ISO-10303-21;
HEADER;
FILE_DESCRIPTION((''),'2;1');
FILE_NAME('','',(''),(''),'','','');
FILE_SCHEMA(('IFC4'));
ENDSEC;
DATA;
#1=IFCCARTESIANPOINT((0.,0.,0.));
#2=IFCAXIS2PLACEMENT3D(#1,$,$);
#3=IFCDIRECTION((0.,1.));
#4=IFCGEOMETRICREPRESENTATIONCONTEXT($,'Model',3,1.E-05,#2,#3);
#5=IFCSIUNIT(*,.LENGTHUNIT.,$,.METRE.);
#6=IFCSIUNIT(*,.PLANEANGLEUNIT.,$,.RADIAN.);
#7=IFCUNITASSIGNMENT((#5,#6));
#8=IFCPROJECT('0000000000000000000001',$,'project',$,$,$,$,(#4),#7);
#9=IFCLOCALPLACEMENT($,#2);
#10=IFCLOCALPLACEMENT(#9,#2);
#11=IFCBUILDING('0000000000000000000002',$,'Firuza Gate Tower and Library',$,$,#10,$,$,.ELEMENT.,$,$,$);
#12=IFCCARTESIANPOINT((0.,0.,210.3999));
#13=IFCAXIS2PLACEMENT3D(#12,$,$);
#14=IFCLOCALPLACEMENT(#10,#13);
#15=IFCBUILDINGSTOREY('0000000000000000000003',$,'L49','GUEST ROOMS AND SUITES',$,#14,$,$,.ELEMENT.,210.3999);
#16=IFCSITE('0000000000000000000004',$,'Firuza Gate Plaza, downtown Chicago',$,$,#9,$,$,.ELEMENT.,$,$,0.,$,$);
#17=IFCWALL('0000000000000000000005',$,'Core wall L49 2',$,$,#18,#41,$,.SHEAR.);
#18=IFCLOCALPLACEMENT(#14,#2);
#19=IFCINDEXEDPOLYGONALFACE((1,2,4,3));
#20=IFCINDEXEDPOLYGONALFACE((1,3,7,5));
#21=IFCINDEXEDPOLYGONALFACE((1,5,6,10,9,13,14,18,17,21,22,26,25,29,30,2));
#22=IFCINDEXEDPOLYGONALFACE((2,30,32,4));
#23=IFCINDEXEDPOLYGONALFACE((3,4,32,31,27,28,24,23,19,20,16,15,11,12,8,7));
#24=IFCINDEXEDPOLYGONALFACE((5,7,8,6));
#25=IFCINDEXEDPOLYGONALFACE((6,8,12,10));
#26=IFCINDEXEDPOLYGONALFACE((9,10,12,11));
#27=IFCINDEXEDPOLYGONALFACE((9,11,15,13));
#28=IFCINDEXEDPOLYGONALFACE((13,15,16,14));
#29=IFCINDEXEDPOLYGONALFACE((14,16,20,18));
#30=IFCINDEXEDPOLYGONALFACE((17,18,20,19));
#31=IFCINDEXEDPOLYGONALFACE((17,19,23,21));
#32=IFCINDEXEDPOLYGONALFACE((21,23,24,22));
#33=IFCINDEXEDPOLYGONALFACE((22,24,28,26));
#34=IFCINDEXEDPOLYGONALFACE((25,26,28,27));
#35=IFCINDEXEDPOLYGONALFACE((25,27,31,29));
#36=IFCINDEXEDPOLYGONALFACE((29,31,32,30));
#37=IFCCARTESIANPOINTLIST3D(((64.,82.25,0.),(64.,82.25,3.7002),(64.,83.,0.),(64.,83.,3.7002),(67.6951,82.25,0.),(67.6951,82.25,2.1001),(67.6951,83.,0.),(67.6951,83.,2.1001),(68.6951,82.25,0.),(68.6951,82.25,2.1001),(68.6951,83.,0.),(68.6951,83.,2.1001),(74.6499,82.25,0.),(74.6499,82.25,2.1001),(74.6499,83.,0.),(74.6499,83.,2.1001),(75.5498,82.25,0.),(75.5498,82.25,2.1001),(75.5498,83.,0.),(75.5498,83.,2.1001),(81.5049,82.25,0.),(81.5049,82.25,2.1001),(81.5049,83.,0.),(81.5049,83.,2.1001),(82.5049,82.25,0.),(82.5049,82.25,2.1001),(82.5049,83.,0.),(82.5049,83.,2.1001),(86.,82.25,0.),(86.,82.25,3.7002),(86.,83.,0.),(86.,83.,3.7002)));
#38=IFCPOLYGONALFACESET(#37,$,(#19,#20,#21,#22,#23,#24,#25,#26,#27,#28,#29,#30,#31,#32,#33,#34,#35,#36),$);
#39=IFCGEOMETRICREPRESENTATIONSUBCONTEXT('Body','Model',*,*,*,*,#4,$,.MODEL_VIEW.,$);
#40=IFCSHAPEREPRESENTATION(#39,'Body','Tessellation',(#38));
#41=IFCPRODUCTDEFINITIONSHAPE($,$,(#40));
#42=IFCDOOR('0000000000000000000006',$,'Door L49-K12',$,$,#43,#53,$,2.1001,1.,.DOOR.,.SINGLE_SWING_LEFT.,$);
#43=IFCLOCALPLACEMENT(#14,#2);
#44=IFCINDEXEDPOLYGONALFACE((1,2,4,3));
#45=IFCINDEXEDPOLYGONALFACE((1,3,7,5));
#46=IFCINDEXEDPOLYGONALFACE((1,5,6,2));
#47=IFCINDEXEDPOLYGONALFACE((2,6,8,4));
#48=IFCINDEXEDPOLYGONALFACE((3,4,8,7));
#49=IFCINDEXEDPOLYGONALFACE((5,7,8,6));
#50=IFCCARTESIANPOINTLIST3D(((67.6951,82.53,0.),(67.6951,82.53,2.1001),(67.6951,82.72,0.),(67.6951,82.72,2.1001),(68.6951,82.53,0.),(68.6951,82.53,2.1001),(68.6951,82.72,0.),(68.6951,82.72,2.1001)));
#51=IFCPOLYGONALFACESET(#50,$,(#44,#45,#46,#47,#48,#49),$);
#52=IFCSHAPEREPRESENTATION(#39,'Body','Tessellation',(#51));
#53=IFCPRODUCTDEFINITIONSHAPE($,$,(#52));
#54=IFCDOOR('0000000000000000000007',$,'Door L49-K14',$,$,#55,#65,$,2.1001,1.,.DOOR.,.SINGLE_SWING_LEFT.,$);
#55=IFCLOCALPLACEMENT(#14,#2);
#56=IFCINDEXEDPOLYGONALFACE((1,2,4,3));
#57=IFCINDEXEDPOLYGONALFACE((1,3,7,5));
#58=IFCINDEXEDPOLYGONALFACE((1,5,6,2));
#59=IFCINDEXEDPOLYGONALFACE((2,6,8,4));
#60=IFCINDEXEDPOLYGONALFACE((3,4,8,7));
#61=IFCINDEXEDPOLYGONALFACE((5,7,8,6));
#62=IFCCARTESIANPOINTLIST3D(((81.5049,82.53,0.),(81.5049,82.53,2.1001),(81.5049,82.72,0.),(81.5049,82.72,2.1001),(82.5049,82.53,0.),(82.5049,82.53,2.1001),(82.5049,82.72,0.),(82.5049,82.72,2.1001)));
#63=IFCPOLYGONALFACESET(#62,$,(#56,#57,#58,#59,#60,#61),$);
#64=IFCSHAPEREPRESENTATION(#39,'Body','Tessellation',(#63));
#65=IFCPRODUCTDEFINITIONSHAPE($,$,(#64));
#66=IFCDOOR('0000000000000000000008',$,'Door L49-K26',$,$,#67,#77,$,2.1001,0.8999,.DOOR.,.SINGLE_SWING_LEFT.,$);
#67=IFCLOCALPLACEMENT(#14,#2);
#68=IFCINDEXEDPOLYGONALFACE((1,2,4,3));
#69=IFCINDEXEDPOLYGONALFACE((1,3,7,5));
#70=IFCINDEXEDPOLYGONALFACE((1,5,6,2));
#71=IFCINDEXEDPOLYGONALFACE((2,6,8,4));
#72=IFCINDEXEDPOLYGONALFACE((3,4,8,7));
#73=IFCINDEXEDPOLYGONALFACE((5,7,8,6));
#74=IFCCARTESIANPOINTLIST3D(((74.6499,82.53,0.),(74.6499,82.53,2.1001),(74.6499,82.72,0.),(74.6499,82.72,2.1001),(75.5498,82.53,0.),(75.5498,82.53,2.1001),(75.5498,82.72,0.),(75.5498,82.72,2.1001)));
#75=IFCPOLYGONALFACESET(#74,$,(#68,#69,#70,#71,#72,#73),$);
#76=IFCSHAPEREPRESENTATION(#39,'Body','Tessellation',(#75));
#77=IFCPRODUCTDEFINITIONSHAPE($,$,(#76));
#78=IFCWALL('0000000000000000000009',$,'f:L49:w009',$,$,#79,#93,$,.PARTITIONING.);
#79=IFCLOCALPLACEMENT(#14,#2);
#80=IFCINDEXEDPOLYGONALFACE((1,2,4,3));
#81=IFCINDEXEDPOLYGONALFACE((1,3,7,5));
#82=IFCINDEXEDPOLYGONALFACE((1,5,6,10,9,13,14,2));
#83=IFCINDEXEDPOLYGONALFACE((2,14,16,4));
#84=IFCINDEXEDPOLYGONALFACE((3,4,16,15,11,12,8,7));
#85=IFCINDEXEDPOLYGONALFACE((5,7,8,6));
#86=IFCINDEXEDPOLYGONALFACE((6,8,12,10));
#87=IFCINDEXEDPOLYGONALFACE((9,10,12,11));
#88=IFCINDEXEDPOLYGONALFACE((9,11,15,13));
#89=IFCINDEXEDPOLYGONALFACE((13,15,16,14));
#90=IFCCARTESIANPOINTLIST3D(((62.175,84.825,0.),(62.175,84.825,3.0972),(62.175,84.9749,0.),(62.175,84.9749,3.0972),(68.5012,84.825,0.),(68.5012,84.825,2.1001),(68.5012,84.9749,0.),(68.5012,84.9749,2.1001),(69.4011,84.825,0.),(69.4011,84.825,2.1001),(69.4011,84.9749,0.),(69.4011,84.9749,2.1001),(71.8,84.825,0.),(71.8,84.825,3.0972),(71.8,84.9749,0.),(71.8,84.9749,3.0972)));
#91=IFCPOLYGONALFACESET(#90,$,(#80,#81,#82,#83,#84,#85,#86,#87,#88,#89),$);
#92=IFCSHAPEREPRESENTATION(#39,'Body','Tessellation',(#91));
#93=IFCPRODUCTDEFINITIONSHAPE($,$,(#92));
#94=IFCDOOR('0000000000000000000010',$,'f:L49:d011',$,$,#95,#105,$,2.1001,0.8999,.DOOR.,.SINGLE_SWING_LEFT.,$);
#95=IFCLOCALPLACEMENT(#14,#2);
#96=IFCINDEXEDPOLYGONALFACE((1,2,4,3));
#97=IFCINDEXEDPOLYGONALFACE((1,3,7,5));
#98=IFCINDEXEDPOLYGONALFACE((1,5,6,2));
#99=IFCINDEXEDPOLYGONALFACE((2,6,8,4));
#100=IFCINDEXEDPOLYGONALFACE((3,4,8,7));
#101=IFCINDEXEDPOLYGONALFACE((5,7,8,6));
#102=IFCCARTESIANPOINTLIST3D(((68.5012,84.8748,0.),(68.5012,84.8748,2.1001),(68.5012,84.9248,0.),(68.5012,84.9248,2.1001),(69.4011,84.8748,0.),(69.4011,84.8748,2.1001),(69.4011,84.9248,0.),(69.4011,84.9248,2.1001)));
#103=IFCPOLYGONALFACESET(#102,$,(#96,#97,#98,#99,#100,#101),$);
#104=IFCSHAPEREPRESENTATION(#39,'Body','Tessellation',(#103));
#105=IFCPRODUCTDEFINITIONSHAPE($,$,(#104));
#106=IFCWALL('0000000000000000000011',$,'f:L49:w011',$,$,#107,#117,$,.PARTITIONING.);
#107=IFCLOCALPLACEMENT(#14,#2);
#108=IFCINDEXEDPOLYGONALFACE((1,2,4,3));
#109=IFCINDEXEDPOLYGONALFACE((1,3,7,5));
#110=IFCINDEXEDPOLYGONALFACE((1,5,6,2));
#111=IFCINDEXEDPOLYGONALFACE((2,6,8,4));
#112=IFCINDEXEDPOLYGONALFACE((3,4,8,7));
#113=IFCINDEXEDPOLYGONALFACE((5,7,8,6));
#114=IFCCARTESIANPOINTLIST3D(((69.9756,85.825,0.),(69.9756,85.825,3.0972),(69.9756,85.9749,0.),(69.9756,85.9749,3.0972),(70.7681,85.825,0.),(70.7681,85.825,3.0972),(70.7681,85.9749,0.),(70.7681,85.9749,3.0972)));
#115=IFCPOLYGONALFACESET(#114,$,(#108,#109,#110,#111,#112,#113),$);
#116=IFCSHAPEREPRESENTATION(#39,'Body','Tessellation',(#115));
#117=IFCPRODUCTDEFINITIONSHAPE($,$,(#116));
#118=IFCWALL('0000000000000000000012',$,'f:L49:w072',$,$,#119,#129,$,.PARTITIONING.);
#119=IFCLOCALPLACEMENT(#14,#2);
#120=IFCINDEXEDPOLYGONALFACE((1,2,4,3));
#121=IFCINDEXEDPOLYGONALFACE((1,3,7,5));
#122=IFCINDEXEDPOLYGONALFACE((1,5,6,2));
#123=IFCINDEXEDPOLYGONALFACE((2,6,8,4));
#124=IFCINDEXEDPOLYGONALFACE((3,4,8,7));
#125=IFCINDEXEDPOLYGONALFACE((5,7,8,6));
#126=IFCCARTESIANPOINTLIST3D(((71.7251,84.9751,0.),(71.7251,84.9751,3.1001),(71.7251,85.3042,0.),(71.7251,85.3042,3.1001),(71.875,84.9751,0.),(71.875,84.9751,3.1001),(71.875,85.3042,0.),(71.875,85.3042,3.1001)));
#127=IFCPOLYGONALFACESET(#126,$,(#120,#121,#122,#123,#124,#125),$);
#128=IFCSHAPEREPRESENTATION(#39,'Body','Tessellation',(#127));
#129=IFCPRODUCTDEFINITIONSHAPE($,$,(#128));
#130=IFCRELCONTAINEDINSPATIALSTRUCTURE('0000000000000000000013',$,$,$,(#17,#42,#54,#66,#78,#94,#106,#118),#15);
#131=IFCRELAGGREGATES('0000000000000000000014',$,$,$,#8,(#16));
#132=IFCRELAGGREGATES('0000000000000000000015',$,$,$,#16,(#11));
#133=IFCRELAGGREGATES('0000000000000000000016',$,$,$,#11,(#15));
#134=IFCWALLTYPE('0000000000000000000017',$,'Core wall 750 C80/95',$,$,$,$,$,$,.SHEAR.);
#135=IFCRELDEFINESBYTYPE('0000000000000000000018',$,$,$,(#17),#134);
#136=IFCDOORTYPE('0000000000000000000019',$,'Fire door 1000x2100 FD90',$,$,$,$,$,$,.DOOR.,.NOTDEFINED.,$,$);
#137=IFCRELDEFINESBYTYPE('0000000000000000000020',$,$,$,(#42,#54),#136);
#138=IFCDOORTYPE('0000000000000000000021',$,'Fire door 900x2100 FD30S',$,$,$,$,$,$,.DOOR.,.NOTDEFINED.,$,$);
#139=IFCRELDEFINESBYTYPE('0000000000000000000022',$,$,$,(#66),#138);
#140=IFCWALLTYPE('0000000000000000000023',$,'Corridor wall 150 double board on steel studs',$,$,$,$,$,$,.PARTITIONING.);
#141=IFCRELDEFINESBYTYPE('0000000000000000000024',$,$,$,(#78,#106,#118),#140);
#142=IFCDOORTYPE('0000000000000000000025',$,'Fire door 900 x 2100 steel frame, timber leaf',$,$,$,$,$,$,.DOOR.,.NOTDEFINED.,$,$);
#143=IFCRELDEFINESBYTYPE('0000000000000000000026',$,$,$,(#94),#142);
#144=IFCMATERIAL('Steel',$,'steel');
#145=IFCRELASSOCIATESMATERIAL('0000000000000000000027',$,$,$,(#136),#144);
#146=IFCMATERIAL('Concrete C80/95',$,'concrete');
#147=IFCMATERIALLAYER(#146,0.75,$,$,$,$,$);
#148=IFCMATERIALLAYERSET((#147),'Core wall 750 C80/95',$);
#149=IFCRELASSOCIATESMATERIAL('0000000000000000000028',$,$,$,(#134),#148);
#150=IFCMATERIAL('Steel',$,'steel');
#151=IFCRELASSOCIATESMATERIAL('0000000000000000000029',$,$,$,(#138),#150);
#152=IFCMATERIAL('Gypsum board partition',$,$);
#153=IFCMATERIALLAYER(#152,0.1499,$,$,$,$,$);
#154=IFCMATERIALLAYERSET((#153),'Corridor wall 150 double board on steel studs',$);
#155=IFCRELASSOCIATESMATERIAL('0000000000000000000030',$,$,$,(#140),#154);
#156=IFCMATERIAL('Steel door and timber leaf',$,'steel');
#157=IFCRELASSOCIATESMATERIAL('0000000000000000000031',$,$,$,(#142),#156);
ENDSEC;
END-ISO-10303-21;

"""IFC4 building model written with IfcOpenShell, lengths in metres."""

from ifc_helpers import new_model, si_unit, direction, frame, frame_2d, origin, place, context, subcontext, project, spatial, rectangle, extrude, material, layer, layer_set, type_object, element, fill, save


model = new_model("IFC4")

# Units and contexts
model_context = context("Model", 3, precision=1e-05, world=origin(), true_north=direction((0.0, 1.0)))
body_context = subcontext(model_context, "Body", "Model", "MODEL_VIEW")
ifc_project = project(units=[si_unit("LENGTHUNIT", "METRE"), si_unit("PLANEANGLEUNIT", "RADIAN")], contexts=[model_context])

# Site, building, storey
site_placement = place(None, origin())
site = spatial("IfcSite", under=ifc_project, at=site_placement, Name="Firuza Gate Plaza, downtown Chicago", CompositionType="ELEMENT", RefElevation=0.0)
building_placement = place(site_placement, origin())
building = spatial("IfcBuilding", under=site, at=building_placement, Name="Firuza Gate Tower and Library", CompositionType="ELEMENT")
storey_placement = place(building_placement, frame((0.0, 0.0, 210.3999)))
storey = spatial("IfcBuildingStorey", under=building, at=storey_placement, Name="L49", Description="GUEST ROOMS AND SUITES", CompositionType="ELEMENT", Elevation=210.3999)

# Shared definitions
ifc_material_1 = material(Name="Steel", Category="steel")
door_type_1 = type_object("IfcDoorType", Name="Fire door 1000x2100 FD90", OperationType="NOTDEFINED", PredefinedType="DOOR", material=ifc_material_1)

# Wall, openings, doors
ifc_material_2 = material(Name="Concrete C80/95", Category="concrete")
ifc_layer_1 = layer(ifc_material_2, 0.75)
ifc_layer_set_1 = layer_set([ifc_layer_1], Name="Core wall 750 C80/95")
wall_type_1 = type_object("IfcWallType", Name="Core wall 750 C80/95", PredefinedType="SHEAR", material=ifc_layer_set_1)
wall_1_placement = place(storey_placement, frame((64.0, 82.625, 0.0), z_axis=(0.0, 0.0, 1.0), x_axis=(1.0, 0.0, 0.0)))
wall_1 = element("IfcWall", 1, at=wall_1_placement, inside=storey, type_object=wall_type_1, Name="Core wall L49 2", PredefinedType="SHEAR", context=body_context, shape_type="SweptSolid", body=[
    extrude(rectangle(XDim=22.0, YDim=0.75, at=frame_2d((11.0, 0.0))), origin(), (0.0, 0.0, 1.0), 3.7002),
])
opening_1_placement = place(wall_1_placement, frame((3.6951, 0.0, 0.0)))
opening_1 = element("IfcOpeningElement", 2, at=opening_1_placement, cuts=wall_1, PredefinedType="OPENING", context=body_context, shape_type="SweptSolid", body=[
    extrude(rectangle(XDim=1.0, YDim=2.1001, at=frame_2d((0.5, 1.05))), frame((0.0, 0.385, 0.0), z_axis=(0.0, -1.0, 0.0), x_axis=(1.0, 0.0, 0.0)), (0.0, 0.0, 1.0), 0.77),
])
opening_2_placement = place(wall_1_placement, frame((17.5049, 0.0, 0.0)))
opening_2 = element("IfcOpeningElement", 3, at=opening_2_placement, cuts=wall_1, PredefinedType="OPENING", context=body_context, shape_type="SweptSolid", body=[
    extrude(rectangle(XDim=1.0, YDim=2.1001, at=frame_2d((0.5, 1.05))), frame((0.0, 0.385, 0.0), z_axis=(0.0, -1.0, 0.0), x_axis=(1.0, 0.0, 0.0)), (0.0, 0.0, 1.0), 0.77),
])
opening_3_placement = place(wall_1_placement, frame((10.6499, 0.0, 0.0)))
opening_3 = element("IfcOpeningElement", 4, at=opening_3_placement, cuts=wall_1, PredefinedType="OPENING", context=body_context, shape_type="SweptSolid", body=[
    extrude(rectangle(XDim=0.8999, YDim=2.1001, at=frame_2d((0.45, 1.05))), frame((0.0, 0.385, 0.0), z_axis=(0.0, -1.0, 0.0), x_axis=(1.0, 0.0, 0.0)), (0.0, 0.0, 1.0), 0.77),
])
door_1_placement = place(opening_1_placement, origin())
door_1 = element("IfcDoor", 5, at=door_1_placement, inside=storey, type_object=door_type_1, Name="Door L49-K12", OperationType="SINGLE_SWING_LEFT", OverallHeight=2.1001, OverallWidth=1.0, PredefinedType="DOOR", context=body_context, shape_type="SweptSolid", body=[
    extrude(rectangle(XDim=1.0, YDim=2.1001, at=frame_2d((0.5, 1.05))), frame((0.0, 0.095, 0.0), z_axis=(0.0, -1.0, 0.0), x_axis=(1.0, 0.0, 0.0)), (0.0, 0.0, 1.0), 0.1899),
])
fill(opening_1, door_1)
door_2_placement = place(opening_2_placement, origin())
door_2 = element("IfcDoor", 6, at=door_2_placement, inside=storey, type_object=door_type_1, Name="Door L49-K14", OperationType="SINGLE_SWING_LEFT", OverallHeight=2.1001, OverallWidth=1.0, PredefinedType="DOOR", context=body_context, shape_type="SweptSolid", body=[
    extrude(rectangle(XDim=1.0, YDim=2.1001, at=frame_2d((0.5, 1.05))), frame((0.0, 0.095, 0.0), z_axis=(0.0, -1.0, 0.0), x_axis=(1.0, 0.0, 0.0)), (0.0, 0.0, 1.0), 0.1899),
])
fill(opening_2, door_2)
ifc_material_3 = material(Name="Steel", Category="steel")
door_type_2 = type_object("IfcDoorType", Name="Fire door 900x2100 FD30S", OperationType="NOTDEFINED", PredefinedType="DOOR", material=ifc_material_3)
door_3_placement = place(opening_3_placement, origin())
door_3 = element("IfcDoor", 7, at=door_3_placement, inside=storey, type_object=door_type_2, Name="Door L49-K26", OperationType="SINGLE_SWING_LEFT", OverallHeight=2.1001, OverallWidth=0.8999, PredefinedType="DOOR", context=body_context, shape_type="SweptSolid", body=[
    extrude(rectangle(XDim=0.8999, YDim=2.1001, at=frame_2d((0.45, 1.05))), frame((0.0, 0.095, 0.0), z_axis=(0.0, -1.0, 0.0), x_axis=(1.0, 0.0, 0.0)), (0.0, 0.0, 1.0), 0.1899),
])
fill(opening_3, door_3)

# Wall, opening, door
ifc_material_4 = material(Name="Gypsum board partition")
ifc_layer_2 = layer(ifc_material_4, 0.1499)
ifc_layer_set_2 = layer_set([ifc_layer_2], Name="Corridor wall 150 double board on steel studs")
wall_type_2 = type_object("IfcWallType", Name="Corridor wall 150 double board on steel studs", PredefinedType="PARTITIONING", material=ifc_layer_set_2)
wall_2_placement = place(storey_placement, frame((62.175, 84.8999, 0.0), z_axis=(0.0, 0.0, 1.0), x_axis=(1.0, 0.0, 0.0)))
wall_2 = element("IfcWall", 8, at=wall_2_placement, inside=storey, type_object=wall_type_2, Name="f:L49:w009", PredefinedType="PARTITIONING", context=body_context, shape_type="SweptSolid", body=[
    extrude(rectangle(XDim=9.625, YDim=0.1499, at=frame_2d((4.8125, 0.0))), origin(), (0.0, 0.0, 1.0), 3.0972),
])
opening_4_placement = place(wall_2_placement, frame((6.3262, 0.0, 0.0)))
opening_4 = element("IfcOpeningElement", 9, at=opening_4_placement, cuts=wall_2, PredefinedType="OPENING", context=body_context, shape_type="SweptSolid", body=[
    extrude(rectangle(XDim=0.8999, YDim=2.1001, at=frame_2d((0.45, 1.05))), frame((0.0, 0.085, 0.0), z_axis=(0.0, -1.0, 0.0), x_axis=(1.0, 0.0, 0.0)), (0.0, 0.0, 1.0), 0.1699),
])
ifc_material_5 = material(Name="Steel door and timber leaf", Category="steel")
door_type_3 = type_object("IfcDoorType", Name="Fire door 900 x 2100 steel frame, timber leaf", OperationType="NOTDEFINED", PredefinedType="DOOR", material=ifc_material_5)
door_4_placement = place(opening_4_placement, origin())
door_4 = element("IfcDoor", 10, at=door_4_placement, inside=storey, type_object=door_type_3, Name="f:L49:d011", OperationType="SINGLE_SWING_LEFT", OverallHeight=2.1001, OverallWidth=0.8999, PredefinedType="DOOR", context=body_context, shape_type="SweptSolid", body=[
    extrude(rectangle(XDim=0.8999, YDim=2.1001, at=frame_2d((0.45, 1.05))), frame((0.0, 0.0249, 0.0), z_axis=(0.0, -1.0, 0.0), x_axis=(1.0, 0.0, 0.0)), (0.0, 0.0, 1.0), 0.05),
])
fill(opening_4, door_4)

# Walls
wall_3_placement = place(storey_placement, frame((69.9756, 85.8999, 0.0), z_axis=(0.0, 0.0, 1.0), x_axis=(1.0, 0.0, 0.0)))
element("IfcWall", 11, at=wall_3_placement, inside=storey, type_object=wall_type_2, Name="f:L49:w011", PredefinedType="PARTITIONING", context=body_context, shape_type="SweptSolid", body=[
    extrude(rectangle(XDim=0.7925, YDim=0.1499, at=frame_2d((0.3962, 0.0))), origin(), (0.0, 0.0, 1.0), 3.0972),
])
wall_4_placement = place(storey_placement, frame((71.8, 84.9751, 0.0), z_axis=(0.0, 0.0, 1.0), x_axis=(0.0, 1.0, 0.0)))
element("IfcWall", 12, at=wall_4_placement, inside=storey, type_object=wall_type_2, Name="f:L49:w072", PredefinedType="PARTITIONING", context=body_context, shape_type="SweptSolid", body=[
    extrude(rectangle(XDim=0.3291, YDim=0.1499, at=frame_2d((0.1646, 0.0))), origin(), (0.0, 0.0, 1.0), 3.1001),
])

save(model, "model.ifc")
